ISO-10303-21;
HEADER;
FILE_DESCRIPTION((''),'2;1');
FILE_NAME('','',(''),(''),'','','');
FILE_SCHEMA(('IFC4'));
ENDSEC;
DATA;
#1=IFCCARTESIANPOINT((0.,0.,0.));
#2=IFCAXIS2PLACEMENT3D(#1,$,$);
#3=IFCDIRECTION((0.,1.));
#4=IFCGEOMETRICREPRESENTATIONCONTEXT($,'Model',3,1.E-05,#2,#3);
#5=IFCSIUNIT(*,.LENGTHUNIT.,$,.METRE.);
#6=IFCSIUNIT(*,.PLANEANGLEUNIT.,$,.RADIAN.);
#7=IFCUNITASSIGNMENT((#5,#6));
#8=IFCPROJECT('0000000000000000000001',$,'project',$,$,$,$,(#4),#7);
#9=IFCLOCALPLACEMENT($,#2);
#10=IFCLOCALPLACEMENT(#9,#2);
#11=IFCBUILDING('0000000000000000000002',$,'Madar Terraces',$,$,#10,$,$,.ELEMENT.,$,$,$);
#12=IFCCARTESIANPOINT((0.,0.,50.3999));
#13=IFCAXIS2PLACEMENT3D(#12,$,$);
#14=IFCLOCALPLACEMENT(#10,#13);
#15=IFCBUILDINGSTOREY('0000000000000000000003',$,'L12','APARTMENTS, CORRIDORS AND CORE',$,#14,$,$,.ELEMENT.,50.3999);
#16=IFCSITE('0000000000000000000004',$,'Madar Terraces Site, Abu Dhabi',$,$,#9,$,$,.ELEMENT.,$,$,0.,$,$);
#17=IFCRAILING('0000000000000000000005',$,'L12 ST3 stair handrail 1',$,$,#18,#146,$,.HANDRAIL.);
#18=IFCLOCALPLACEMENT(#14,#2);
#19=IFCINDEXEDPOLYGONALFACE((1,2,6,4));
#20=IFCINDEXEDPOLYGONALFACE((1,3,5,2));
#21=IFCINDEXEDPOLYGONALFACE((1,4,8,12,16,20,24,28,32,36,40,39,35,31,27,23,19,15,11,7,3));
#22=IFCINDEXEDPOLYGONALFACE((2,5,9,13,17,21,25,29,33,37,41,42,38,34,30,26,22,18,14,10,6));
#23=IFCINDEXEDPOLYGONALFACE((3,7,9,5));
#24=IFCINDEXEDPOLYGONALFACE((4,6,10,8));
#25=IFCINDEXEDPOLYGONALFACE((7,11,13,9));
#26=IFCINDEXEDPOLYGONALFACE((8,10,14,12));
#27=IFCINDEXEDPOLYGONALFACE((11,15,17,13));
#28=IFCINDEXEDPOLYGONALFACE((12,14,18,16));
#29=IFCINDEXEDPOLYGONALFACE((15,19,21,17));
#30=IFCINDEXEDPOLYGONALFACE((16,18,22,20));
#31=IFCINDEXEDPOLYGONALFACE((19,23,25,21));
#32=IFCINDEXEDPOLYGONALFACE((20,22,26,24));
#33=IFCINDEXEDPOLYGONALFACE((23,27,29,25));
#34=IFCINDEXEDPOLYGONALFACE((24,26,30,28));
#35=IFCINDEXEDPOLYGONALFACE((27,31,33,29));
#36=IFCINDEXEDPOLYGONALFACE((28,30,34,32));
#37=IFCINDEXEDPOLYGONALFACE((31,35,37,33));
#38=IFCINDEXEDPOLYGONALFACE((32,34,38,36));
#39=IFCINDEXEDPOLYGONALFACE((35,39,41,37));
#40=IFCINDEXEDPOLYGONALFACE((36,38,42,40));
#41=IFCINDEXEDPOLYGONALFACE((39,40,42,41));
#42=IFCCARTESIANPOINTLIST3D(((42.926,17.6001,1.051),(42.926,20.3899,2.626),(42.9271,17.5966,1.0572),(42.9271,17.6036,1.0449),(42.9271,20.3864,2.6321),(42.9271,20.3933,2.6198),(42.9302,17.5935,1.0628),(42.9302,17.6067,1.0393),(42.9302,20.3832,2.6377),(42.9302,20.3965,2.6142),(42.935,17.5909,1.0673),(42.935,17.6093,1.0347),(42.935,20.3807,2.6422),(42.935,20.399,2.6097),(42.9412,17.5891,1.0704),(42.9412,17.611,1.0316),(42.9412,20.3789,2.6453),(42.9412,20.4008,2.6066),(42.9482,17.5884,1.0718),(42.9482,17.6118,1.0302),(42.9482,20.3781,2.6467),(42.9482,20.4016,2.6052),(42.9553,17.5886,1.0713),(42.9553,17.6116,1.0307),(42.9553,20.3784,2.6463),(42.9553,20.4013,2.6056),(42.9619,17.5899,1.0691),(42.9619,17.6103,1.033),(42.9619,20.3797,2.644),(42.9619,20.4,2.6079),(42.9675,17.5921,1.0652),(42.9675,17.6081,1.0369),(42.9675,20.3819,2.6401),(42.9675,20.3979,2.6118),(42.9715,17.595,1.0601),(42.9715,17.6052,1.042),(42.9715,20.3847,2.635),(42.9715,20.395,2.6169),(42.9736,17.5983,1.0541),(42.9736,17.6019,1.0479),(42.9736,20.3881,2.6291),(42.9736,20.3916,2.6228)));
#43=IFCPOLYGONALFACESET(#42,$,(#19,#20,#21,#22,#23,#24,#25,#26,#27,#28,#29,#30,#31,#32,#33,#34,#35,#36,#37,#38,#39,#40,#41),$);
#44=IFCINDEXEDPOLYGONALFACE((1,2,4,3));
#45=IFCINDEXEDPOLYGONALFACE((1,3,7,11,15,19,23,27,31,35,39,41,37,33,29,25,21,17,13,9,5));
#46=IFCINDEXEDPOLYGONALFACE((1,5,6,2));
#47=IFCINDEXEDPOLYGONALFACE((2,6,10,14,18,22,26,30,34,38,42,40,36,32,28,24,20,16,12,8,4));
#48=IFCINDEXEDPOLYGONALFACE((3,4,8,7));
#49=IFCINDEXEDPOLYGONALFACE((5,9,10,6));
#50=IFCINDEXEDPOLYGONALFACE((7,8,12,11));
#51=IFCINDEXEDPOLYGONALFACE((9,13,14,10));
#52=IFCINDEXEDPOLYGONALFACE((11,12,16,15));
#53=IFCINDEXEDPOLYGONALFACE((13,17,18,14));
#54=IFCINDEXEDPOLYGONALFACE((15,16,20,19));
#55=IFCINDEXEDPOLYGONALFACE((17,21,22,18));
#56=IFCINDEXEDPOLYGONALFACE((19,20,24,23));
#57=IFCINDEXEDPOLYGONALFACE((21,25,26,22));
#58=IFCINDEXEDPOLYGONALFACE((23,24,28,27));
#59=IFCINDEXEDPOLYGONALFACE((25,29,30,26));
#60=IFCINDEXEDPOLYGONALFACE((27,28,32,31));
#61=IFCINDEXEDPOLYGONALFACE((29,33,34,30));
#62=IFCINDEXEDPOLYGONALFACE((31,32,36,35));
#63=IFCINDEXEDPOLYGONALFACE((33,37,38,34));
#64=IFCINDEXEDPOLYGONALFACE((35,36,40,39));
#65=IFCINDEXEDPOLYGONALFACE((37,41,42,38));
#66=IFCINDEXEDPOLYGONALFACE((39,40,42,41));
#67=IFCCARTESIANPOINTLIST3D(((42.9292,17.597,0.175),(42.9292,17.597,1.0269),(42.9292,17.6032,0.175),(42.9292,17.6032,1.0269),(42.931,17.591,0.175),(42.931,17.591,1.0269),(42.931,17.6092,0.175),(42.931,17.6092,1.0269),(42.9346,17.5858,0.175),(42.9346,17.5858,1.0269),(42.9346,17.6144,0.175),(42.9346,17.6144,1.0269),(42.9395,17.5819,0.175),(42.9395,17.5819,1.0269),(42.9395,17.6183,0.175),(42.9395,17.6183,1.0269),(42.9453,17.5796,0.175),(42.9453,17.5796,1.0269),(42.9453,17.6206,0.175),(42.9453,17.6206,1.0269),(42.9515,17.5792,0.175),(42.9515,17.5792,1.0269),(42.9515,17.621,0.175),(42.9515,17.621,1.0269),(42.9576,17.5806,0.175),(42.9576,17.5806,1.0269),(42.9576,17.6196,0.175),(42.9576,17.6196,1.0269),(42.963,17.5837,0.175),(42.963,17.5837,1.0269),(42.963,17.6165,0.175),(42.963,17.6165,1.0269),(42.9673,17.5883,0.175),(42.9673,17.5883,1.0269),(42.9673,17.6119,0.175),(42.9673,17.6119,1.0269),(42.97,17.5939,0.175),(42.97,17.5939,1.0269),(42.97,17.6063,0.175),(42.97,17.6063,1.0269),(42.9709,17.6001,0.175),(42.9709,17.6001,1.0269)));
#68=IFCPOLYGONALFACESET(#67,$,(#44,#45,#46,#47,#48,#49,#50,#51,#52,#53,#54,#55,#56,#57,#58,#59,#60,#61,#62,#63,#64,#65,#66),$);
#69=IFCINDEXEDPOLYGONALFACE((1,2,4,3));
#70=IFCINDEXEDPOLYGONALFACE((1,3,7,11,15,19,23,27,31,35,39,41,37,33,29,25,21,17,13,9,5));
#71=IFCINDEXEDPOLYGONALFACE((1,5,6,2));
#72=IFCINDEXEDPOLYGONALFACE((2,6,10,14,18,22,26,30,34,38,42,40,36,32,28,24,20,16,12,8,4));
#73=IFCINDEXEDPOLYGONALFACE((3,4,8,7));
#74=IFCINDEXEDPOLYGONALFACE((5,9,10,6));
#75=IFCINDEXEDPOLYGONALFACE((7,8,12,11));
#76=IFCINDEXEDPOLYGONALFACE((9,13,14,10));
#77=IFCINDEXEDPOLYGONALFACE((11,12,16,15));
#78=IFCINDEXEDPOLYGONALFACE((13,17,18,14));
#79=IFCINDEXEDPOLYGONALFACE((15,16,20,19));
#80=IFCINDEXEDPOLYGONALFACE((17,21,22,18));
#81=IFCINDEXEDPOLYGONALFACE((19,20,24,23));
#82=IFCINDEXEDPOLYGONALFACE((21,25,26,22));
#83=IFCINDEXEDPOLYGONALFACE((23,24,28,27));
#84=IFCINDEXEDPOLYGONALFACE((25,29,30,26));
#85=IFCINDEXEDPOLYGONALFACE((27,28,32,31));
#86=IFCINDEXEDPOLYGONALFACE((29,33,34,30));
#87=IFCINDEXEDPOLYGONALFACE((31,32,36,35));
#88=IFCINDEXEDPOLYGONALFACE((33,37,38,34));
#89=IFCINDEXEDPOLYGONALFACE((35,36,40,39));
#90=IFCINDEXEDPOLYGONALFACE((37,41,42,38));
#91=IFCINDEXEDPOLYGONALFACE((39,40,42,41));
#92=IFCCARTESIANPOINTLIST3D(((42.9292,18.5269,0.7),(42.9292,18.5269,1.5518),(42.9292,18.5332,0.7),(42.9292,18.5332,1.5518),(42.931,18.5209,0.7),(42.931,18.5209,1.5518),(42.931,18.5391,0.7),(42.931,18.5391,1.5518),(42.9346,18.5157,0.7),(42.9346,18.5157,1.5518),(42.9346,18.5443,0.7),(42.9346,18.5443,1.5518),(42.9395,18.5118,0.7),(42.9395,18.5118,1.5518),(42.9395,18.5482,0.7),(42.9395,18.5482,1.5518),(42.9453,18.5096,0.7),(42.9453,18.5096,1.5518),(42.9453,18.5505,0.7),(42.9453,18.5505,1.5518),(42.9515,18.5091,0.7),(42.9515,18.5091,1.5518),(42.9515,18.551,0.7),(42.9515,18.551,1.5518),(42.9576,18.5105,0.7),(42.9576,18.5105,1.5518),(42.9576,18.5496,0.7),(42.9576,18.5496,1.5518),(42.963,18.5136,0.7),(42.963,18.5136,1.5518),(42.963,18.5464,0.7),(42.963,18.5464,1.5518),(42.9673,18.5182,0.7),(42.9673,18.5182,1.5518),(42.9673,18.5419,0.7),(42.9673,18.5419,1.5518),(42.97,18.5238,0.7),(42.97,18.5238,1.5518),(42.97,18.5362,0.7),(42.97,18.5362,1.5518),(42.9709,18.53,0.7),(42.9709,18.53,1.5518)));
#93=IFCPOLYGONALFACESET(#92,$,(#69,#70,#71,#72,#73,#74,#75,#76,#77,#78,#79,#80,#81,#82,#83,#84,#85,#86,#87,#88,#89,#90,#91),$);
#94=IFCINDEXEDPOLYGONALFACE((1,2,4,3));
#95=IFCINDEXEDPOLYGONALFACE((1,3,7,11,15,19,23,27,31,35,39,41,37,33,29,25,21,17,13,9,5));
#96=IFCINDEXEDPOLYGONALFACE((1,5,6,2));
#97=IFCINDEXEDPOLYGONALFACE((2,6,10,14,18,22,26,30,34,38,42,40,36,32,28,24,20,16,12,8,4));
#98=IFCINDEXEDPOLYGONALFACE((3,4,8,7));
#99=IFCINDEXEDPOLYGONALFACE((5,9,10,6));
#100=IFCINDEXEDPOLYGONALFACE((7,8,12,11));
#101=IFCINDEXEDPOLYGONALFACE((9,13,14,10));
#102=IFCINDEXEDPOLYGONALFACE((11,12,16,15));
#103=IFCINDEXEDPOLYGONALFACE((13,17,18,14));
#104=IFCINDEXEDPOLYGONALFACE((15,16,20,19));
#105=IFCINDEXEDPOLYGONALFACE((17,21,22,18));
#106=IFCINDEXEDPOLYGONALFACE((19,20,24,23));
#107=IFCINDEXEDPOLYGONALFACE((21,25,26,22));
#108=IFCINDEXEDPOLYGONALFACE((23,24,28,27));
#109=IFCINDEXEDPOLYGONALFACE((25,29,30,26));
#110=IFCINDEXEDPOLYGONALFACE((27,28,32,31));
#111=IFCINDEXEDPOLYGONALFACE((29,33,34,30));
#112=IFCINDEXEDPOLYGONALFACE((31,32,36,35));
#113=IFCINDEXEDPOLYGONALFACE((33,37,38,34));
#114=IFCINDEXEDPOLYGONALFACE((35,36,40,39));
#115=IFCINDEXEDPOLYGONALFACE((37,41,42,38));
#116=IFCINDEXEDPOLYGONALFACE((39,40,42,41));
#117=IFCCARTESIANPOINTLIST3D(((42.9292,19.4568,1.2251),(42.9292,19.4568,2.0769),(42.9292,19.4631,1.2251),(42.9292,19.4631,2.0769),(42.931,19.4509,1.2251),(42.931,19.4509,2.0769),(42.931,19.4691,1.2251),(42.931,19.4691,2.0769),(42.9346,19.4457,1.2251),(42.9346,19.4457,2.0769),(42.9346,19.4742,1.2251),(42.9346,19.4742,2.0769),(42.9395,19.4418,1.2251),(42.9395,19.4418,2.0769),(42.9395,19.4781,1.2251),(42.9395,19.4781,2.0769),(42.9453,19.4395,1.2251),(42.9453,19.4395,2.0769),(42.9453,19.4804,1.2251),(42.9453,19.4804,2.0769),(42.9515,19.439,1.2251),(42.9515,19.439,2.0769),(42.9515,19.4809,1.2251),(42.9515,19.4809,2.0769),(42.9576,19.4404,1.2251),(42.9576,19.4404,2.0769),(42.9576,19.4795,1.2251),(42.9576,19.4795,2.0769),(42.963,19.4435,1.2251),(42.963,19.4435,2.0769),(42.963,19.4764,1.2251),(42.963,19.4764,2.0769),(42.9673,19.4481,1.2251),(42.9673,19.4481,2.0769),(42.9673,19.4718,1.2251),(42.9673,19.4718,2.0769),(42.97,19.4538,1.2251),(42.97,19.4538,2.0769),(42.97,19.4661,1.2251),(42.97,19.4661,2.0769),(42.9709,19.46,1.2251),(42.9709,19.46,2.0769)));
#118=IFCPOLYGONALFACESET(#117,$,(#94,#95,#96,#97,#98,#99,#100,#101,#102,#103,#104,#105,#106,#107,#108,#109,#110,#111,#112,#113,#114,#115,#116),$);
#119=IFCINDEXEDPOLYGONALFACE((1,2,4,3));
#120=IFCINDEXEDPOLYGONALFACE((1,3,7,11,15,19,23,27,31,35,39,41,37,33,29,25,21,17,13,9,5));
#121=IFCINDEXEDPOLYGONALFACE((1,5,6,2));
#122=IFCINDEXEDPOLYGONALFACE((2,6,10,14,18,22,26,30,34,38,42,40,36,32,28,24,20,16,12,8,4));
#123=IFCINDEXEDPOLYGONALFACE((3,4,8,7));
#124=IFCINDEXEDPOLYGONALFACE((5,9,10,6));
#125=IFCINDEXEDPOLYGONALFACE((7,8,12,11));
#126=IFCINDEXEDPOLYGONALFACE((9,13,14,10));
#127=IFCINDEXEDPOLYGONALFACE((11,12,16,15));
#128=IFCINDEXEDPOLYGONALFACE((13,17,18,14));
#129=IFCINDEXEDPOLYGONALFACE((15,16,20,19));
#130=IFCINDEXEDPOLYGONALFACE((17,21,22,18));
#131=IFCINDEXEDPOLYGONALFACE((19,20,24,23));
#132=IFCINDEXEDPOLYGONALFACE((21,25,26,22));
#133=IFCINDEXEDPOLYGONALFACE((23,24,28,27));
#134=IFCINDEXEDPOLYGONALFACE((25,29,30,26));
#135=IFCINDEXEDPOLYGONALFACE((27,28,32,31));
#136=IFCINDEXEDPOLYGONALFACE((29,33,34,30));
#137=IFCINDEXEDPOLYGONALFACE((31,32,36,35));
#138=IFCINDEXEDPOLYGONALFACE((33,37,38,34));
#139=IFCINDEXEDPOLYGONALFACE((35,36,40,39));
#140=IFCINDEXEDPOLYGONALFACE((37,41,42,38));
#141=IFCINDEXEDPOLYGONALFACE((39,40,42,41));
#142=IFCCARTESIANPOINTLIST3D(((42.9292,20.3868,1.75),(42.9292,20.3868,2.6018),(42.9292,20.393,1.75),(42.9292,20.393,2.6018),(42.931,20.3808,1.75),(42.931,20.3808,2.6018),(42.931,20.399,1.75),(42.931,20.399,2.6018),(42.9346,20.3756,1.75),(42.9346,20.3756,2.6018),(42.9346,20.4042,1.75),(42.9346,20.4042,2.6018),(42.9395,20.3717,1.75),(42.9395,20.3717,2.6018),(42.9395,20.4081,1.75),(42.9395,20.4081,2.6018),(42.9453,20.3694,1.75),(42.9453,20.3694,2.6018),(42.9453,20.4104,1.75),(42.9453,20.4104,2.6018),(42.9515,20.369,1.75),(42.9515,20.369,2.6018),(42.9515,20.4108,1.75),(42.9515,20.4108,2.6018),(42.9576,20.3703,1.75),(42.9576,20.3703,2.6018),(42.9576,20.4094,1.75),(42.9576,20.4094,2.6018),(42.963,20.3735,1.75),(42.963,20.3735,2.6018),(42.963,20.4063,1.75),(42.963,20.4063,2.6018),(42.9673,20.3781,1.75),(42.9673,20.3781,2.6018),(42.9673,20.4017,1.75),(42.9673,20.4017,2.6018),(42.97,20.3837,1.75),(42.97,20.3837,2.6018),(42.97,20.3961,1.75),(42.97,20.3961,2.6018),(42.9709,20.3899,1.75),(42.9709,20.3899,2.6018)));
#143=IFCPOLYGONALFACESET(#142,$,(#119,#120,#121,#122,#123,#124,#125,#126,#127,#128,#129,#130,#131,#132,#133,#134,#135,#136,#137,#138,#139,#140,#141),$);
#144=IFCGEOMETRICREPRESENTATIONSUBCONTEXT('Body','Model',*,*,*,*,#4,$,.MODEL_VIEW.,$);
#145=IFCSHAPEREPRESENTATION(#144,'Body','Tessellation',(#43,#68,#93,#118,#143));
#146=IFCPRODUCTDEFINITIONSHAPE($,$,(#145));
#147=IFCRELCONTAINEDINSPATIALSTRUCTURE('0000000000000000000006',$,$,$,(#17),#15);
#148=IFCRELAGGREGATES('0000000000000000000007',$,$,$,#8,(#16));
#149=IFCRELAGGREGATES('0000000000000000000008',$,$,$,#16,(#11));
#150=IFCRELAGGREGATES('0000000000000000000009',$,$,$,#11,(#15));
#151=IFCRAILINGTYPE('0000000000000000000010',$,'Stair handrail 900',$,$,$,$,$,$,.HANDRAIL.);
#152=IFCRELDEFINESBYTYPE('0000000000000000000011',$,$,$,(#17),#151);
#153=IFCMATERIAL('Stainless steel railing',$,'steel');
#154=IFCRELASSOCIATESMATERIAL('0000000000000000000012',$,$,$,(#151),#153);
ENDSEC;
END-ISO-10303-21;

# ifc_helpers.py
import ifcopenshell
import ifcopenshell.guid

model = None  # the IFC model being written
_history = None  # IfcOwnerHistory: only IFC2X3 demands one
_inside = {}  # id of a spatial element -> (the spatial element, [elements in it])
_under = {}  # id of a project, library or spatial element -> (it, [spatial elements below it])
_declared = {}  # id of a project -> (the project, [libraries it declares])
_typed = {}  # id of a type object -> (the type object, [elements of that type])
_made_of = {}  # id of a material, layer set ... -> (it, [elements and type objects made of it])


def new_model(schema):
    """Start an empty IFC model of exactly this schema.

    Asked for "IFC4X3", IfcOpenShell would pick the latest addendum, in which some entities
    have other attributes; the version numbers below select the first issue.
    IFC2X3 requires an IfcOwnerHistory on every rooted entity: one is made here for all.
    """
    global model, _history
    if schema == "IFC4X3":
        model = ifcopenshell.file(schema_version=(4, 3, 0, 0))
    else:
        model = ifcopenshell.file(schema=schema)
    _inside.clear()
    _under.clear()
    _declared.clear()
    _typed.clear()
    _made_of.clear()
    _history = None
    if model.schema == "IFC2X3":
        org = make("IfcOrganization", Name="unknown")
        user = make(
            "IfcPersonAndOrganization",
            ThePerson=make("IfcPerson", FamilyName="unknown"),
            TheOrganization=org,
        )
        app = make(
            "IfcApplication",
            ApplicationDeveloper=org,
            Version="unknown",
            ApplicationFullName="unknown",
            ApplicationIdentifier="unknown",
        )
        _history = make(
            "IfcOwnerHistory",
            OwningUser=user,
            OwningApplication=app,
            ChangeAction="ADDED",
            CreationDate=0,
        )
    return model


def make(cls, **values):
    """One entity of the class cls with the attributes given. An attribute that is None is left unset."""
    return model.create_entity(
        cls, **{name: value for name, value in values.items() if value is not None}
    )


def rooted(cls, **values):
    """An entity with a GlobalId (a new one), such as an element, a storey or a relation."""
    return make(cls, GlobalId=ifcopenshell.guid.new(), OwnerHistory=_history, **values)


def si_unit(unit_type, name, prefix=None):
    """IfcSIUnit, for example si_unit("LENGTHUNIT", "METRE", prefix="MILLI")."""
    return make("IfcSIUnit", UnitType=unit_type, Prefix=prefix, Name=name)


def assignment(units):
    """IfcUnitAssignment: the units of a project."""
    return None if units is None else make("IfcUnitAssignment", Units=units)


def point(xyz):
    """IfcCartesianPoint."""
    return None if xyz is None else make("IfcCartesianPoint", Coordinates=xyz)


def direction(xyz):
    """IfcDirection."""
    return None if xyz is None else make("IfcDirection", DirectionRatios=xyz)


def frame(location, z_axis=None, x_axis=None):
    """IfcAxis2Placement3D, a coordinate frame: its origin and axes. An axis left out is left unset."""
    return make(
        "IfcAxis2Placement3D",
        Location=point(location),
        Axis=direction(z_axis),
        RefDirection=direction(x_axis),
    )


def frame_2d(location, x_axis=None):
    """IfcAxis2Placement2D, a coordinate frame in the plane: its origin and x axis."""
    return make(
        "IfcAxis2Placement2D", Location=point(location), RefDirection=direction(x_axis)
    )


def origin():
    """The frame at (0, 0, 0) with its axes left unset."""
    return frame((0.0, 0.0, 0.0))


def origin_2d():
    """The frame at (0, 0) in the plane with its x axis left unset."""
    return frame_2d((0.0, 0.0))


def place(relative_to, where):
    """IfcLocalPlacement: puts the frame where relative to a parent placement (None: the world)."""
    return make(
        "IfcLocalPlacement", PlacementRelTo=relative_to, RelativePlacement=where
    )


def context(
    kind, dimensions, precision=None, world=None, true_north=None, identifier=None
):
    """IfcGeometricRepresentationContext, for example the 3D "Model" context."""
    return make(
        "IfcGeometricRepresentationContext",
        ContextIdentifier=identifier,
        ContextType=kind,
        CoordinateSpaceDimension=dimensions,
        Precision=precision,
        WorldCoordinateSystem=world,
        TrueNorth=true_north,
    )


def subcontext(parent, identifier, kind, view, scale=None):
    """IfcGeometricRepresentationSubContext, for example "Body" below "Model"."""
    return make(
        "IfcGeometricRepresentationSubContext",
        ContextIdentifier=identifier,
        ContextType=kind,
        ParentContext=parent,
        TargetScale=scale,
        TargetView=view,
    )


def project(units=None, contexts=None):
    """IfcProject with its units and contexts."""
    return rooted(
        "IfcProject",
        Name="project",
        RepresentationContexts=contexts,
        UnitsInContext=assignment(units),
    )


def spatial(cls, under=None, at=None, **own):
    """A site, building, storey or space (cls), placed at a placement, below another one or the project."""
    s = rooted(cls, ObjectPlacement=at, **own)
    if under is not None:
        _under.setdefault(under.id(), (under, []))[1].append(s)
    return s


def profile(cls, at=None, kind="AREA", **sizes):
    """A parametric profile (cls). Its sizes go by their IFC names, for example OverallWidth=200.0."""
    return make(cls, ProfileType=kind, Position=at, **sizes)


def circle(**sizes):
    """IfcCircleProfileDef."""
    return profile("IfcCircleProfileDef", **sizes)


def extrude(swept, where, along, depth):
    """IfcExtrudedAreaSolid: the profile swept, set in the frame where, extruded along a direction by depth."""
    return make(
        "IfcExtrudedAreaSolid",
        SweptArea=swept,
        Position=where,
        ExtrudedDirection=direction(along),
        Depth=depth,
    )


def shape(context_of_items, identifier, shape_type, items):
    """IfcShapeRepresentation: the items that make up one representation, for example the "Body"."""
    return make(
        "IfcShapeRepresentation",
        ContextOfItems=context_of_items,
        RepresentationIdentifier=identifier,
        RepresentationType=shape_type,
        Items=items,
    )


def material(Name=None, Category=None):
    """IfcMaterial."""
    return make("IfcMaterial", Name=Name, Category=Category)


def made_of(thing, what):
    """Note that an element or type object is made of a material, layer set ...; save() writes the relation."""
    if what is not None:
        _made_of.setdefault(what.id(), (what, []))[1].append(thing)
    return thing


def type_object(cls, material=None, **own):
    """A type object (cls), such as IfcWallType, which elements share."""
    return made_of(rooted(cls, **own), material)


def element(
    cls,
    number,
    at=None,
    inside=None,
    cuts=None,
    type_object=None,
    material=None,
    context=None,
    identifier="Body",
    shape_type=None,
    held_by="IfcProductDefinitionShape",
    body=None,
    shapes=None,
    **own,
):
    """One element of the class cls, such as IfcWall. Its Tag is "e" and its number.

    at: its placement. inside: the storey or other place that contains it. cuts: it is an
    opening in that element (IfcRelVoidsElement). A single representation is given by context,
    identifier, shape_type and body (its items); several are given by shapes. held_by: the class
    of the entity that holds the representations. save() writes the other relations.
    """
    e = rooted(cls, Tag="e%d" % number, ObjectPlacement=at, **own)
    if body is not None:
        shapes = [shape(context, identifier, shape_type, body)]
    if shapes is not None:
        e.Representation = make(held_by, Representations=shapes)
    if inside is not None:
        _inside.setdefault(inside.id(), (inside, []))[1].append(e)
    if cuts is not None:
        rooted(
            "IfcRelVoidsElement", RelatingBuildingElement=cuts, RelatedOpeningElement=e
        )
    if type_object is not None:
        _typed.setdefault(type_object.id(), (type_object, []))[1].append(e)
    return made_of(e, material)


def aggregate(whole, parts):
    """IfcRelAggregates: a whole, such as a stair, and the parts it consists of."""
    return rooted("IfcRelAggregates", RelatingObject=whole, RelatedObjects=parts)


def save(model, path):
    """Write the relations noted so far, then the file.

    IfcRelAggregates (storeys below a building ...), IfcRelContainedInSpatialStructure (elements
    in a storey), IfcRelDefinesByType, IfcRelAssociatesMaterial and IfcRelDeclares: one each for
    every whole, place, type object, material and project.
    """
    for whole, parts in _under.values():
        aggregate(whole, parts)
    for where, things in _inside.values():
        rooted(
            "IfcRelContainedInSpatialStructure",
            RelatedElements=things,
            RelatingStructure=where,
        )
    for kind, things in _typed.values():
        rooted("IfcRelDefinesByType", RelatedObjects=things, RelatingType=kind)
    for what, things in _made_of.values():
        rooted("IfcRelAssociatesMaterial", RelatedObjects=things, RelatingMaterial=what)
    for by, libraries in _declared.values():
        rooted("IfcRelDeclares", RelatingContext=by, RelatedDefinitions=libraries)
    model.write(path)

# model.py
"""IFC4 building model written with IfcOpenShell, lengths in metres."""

from ifc_helpers import new_model, si_unit, direction, frame, origin, origin_2d, place, context, subcontext, project, spatial, circle, extrude, material, type_object, element, save


model = new_model("IFC4")

# Units and contexts
model_context = context("Model", 3, precision=1e-05, world=origin(), true_north=direction((0.0, 1.0)))
body_context = subcontext(model_context, "Body", "Model", "MODEL_VIEW")
ifc_project = project(units=[si_unit("LENGTHUNIT", "METRE"), si_unit("PLANEANGLEUNIT", "RADIAN")], contexts=[model_context])

# Site, building, storey
site_placement = place(None, origin())
site = spatial("IfcSite", under=ifc_project, at=site_placement, Name="Madar Terraces Site, Abu Dhabi", CompositionType="ELEMENT", RefElevation=0.0)
building_placement = place(site_placement, origin())
building = spatial("IfcBuilding", under=site, at=building_placement, Name="Madar Terraces", CompositionType="ELEMENT")
storey_placement = place(building_placement, frame((0.0, 0.0, 50.3999)))
storey = spatial("IfcBuildingStorey", under=building, at=storey_placement, Name="L12", Description="APARTMENTS, CORRIDORS AND CORE", CompositionType="ELEMENT", Elevation=50.3999)

# Railing
ifc_material_1 = material(Name="Stainless steel railing", Category="steel")
railing_type_1 = type_object("IfcRailingType", Name="Stair handrail 900", PredefinedType="HANDRAIL", material=ifc_material_1)
railing_1_placement = place(storey_placement, frame((42.95, 17.6001, 0.175)))
element("IfcRailing", 1, at=railing_1_placement, inside=storey, type_object=railing_type_1, Name="L12 ST3 stair handrail 1", PredefinedType="HANDRAIL", context=body_context, shape_type="SweptSolid", body=[
    extrude(circle(Radius=0.0239, at=origin_2d()), frame((0.0, 0.0, 0.876), z_axis=(0.0, 0.870815, 0.49161), x_axis=(-1.0, 0.0, 0.0)), (0.0, 0.0, 1.0), 3.2036),
    extrude(circle(Radius=0.021, at=origin_2d()), origin(), (0.0, 0.0, 1.0), 0.8518),
    extrude(circle(Radius=0.021, at=origin_2d()), frame((0.0, 0.9299, 0.5249)), (0.0, 0.0, 1.0), 0.8518),
    extrude(circle(Radius=0.021, at=origin_2d()), frame((0.0, 1.8599, 1.05)), (0.0, 0.0, 1.0), 0.8518),
    extrude(circle(Radius=0.021, at=origin_2d()), frame((0.0, 2.7898, 1.575)), (0.0, 0.0, 1.0), 0.8518),
])

save(model, "model.ifc")
